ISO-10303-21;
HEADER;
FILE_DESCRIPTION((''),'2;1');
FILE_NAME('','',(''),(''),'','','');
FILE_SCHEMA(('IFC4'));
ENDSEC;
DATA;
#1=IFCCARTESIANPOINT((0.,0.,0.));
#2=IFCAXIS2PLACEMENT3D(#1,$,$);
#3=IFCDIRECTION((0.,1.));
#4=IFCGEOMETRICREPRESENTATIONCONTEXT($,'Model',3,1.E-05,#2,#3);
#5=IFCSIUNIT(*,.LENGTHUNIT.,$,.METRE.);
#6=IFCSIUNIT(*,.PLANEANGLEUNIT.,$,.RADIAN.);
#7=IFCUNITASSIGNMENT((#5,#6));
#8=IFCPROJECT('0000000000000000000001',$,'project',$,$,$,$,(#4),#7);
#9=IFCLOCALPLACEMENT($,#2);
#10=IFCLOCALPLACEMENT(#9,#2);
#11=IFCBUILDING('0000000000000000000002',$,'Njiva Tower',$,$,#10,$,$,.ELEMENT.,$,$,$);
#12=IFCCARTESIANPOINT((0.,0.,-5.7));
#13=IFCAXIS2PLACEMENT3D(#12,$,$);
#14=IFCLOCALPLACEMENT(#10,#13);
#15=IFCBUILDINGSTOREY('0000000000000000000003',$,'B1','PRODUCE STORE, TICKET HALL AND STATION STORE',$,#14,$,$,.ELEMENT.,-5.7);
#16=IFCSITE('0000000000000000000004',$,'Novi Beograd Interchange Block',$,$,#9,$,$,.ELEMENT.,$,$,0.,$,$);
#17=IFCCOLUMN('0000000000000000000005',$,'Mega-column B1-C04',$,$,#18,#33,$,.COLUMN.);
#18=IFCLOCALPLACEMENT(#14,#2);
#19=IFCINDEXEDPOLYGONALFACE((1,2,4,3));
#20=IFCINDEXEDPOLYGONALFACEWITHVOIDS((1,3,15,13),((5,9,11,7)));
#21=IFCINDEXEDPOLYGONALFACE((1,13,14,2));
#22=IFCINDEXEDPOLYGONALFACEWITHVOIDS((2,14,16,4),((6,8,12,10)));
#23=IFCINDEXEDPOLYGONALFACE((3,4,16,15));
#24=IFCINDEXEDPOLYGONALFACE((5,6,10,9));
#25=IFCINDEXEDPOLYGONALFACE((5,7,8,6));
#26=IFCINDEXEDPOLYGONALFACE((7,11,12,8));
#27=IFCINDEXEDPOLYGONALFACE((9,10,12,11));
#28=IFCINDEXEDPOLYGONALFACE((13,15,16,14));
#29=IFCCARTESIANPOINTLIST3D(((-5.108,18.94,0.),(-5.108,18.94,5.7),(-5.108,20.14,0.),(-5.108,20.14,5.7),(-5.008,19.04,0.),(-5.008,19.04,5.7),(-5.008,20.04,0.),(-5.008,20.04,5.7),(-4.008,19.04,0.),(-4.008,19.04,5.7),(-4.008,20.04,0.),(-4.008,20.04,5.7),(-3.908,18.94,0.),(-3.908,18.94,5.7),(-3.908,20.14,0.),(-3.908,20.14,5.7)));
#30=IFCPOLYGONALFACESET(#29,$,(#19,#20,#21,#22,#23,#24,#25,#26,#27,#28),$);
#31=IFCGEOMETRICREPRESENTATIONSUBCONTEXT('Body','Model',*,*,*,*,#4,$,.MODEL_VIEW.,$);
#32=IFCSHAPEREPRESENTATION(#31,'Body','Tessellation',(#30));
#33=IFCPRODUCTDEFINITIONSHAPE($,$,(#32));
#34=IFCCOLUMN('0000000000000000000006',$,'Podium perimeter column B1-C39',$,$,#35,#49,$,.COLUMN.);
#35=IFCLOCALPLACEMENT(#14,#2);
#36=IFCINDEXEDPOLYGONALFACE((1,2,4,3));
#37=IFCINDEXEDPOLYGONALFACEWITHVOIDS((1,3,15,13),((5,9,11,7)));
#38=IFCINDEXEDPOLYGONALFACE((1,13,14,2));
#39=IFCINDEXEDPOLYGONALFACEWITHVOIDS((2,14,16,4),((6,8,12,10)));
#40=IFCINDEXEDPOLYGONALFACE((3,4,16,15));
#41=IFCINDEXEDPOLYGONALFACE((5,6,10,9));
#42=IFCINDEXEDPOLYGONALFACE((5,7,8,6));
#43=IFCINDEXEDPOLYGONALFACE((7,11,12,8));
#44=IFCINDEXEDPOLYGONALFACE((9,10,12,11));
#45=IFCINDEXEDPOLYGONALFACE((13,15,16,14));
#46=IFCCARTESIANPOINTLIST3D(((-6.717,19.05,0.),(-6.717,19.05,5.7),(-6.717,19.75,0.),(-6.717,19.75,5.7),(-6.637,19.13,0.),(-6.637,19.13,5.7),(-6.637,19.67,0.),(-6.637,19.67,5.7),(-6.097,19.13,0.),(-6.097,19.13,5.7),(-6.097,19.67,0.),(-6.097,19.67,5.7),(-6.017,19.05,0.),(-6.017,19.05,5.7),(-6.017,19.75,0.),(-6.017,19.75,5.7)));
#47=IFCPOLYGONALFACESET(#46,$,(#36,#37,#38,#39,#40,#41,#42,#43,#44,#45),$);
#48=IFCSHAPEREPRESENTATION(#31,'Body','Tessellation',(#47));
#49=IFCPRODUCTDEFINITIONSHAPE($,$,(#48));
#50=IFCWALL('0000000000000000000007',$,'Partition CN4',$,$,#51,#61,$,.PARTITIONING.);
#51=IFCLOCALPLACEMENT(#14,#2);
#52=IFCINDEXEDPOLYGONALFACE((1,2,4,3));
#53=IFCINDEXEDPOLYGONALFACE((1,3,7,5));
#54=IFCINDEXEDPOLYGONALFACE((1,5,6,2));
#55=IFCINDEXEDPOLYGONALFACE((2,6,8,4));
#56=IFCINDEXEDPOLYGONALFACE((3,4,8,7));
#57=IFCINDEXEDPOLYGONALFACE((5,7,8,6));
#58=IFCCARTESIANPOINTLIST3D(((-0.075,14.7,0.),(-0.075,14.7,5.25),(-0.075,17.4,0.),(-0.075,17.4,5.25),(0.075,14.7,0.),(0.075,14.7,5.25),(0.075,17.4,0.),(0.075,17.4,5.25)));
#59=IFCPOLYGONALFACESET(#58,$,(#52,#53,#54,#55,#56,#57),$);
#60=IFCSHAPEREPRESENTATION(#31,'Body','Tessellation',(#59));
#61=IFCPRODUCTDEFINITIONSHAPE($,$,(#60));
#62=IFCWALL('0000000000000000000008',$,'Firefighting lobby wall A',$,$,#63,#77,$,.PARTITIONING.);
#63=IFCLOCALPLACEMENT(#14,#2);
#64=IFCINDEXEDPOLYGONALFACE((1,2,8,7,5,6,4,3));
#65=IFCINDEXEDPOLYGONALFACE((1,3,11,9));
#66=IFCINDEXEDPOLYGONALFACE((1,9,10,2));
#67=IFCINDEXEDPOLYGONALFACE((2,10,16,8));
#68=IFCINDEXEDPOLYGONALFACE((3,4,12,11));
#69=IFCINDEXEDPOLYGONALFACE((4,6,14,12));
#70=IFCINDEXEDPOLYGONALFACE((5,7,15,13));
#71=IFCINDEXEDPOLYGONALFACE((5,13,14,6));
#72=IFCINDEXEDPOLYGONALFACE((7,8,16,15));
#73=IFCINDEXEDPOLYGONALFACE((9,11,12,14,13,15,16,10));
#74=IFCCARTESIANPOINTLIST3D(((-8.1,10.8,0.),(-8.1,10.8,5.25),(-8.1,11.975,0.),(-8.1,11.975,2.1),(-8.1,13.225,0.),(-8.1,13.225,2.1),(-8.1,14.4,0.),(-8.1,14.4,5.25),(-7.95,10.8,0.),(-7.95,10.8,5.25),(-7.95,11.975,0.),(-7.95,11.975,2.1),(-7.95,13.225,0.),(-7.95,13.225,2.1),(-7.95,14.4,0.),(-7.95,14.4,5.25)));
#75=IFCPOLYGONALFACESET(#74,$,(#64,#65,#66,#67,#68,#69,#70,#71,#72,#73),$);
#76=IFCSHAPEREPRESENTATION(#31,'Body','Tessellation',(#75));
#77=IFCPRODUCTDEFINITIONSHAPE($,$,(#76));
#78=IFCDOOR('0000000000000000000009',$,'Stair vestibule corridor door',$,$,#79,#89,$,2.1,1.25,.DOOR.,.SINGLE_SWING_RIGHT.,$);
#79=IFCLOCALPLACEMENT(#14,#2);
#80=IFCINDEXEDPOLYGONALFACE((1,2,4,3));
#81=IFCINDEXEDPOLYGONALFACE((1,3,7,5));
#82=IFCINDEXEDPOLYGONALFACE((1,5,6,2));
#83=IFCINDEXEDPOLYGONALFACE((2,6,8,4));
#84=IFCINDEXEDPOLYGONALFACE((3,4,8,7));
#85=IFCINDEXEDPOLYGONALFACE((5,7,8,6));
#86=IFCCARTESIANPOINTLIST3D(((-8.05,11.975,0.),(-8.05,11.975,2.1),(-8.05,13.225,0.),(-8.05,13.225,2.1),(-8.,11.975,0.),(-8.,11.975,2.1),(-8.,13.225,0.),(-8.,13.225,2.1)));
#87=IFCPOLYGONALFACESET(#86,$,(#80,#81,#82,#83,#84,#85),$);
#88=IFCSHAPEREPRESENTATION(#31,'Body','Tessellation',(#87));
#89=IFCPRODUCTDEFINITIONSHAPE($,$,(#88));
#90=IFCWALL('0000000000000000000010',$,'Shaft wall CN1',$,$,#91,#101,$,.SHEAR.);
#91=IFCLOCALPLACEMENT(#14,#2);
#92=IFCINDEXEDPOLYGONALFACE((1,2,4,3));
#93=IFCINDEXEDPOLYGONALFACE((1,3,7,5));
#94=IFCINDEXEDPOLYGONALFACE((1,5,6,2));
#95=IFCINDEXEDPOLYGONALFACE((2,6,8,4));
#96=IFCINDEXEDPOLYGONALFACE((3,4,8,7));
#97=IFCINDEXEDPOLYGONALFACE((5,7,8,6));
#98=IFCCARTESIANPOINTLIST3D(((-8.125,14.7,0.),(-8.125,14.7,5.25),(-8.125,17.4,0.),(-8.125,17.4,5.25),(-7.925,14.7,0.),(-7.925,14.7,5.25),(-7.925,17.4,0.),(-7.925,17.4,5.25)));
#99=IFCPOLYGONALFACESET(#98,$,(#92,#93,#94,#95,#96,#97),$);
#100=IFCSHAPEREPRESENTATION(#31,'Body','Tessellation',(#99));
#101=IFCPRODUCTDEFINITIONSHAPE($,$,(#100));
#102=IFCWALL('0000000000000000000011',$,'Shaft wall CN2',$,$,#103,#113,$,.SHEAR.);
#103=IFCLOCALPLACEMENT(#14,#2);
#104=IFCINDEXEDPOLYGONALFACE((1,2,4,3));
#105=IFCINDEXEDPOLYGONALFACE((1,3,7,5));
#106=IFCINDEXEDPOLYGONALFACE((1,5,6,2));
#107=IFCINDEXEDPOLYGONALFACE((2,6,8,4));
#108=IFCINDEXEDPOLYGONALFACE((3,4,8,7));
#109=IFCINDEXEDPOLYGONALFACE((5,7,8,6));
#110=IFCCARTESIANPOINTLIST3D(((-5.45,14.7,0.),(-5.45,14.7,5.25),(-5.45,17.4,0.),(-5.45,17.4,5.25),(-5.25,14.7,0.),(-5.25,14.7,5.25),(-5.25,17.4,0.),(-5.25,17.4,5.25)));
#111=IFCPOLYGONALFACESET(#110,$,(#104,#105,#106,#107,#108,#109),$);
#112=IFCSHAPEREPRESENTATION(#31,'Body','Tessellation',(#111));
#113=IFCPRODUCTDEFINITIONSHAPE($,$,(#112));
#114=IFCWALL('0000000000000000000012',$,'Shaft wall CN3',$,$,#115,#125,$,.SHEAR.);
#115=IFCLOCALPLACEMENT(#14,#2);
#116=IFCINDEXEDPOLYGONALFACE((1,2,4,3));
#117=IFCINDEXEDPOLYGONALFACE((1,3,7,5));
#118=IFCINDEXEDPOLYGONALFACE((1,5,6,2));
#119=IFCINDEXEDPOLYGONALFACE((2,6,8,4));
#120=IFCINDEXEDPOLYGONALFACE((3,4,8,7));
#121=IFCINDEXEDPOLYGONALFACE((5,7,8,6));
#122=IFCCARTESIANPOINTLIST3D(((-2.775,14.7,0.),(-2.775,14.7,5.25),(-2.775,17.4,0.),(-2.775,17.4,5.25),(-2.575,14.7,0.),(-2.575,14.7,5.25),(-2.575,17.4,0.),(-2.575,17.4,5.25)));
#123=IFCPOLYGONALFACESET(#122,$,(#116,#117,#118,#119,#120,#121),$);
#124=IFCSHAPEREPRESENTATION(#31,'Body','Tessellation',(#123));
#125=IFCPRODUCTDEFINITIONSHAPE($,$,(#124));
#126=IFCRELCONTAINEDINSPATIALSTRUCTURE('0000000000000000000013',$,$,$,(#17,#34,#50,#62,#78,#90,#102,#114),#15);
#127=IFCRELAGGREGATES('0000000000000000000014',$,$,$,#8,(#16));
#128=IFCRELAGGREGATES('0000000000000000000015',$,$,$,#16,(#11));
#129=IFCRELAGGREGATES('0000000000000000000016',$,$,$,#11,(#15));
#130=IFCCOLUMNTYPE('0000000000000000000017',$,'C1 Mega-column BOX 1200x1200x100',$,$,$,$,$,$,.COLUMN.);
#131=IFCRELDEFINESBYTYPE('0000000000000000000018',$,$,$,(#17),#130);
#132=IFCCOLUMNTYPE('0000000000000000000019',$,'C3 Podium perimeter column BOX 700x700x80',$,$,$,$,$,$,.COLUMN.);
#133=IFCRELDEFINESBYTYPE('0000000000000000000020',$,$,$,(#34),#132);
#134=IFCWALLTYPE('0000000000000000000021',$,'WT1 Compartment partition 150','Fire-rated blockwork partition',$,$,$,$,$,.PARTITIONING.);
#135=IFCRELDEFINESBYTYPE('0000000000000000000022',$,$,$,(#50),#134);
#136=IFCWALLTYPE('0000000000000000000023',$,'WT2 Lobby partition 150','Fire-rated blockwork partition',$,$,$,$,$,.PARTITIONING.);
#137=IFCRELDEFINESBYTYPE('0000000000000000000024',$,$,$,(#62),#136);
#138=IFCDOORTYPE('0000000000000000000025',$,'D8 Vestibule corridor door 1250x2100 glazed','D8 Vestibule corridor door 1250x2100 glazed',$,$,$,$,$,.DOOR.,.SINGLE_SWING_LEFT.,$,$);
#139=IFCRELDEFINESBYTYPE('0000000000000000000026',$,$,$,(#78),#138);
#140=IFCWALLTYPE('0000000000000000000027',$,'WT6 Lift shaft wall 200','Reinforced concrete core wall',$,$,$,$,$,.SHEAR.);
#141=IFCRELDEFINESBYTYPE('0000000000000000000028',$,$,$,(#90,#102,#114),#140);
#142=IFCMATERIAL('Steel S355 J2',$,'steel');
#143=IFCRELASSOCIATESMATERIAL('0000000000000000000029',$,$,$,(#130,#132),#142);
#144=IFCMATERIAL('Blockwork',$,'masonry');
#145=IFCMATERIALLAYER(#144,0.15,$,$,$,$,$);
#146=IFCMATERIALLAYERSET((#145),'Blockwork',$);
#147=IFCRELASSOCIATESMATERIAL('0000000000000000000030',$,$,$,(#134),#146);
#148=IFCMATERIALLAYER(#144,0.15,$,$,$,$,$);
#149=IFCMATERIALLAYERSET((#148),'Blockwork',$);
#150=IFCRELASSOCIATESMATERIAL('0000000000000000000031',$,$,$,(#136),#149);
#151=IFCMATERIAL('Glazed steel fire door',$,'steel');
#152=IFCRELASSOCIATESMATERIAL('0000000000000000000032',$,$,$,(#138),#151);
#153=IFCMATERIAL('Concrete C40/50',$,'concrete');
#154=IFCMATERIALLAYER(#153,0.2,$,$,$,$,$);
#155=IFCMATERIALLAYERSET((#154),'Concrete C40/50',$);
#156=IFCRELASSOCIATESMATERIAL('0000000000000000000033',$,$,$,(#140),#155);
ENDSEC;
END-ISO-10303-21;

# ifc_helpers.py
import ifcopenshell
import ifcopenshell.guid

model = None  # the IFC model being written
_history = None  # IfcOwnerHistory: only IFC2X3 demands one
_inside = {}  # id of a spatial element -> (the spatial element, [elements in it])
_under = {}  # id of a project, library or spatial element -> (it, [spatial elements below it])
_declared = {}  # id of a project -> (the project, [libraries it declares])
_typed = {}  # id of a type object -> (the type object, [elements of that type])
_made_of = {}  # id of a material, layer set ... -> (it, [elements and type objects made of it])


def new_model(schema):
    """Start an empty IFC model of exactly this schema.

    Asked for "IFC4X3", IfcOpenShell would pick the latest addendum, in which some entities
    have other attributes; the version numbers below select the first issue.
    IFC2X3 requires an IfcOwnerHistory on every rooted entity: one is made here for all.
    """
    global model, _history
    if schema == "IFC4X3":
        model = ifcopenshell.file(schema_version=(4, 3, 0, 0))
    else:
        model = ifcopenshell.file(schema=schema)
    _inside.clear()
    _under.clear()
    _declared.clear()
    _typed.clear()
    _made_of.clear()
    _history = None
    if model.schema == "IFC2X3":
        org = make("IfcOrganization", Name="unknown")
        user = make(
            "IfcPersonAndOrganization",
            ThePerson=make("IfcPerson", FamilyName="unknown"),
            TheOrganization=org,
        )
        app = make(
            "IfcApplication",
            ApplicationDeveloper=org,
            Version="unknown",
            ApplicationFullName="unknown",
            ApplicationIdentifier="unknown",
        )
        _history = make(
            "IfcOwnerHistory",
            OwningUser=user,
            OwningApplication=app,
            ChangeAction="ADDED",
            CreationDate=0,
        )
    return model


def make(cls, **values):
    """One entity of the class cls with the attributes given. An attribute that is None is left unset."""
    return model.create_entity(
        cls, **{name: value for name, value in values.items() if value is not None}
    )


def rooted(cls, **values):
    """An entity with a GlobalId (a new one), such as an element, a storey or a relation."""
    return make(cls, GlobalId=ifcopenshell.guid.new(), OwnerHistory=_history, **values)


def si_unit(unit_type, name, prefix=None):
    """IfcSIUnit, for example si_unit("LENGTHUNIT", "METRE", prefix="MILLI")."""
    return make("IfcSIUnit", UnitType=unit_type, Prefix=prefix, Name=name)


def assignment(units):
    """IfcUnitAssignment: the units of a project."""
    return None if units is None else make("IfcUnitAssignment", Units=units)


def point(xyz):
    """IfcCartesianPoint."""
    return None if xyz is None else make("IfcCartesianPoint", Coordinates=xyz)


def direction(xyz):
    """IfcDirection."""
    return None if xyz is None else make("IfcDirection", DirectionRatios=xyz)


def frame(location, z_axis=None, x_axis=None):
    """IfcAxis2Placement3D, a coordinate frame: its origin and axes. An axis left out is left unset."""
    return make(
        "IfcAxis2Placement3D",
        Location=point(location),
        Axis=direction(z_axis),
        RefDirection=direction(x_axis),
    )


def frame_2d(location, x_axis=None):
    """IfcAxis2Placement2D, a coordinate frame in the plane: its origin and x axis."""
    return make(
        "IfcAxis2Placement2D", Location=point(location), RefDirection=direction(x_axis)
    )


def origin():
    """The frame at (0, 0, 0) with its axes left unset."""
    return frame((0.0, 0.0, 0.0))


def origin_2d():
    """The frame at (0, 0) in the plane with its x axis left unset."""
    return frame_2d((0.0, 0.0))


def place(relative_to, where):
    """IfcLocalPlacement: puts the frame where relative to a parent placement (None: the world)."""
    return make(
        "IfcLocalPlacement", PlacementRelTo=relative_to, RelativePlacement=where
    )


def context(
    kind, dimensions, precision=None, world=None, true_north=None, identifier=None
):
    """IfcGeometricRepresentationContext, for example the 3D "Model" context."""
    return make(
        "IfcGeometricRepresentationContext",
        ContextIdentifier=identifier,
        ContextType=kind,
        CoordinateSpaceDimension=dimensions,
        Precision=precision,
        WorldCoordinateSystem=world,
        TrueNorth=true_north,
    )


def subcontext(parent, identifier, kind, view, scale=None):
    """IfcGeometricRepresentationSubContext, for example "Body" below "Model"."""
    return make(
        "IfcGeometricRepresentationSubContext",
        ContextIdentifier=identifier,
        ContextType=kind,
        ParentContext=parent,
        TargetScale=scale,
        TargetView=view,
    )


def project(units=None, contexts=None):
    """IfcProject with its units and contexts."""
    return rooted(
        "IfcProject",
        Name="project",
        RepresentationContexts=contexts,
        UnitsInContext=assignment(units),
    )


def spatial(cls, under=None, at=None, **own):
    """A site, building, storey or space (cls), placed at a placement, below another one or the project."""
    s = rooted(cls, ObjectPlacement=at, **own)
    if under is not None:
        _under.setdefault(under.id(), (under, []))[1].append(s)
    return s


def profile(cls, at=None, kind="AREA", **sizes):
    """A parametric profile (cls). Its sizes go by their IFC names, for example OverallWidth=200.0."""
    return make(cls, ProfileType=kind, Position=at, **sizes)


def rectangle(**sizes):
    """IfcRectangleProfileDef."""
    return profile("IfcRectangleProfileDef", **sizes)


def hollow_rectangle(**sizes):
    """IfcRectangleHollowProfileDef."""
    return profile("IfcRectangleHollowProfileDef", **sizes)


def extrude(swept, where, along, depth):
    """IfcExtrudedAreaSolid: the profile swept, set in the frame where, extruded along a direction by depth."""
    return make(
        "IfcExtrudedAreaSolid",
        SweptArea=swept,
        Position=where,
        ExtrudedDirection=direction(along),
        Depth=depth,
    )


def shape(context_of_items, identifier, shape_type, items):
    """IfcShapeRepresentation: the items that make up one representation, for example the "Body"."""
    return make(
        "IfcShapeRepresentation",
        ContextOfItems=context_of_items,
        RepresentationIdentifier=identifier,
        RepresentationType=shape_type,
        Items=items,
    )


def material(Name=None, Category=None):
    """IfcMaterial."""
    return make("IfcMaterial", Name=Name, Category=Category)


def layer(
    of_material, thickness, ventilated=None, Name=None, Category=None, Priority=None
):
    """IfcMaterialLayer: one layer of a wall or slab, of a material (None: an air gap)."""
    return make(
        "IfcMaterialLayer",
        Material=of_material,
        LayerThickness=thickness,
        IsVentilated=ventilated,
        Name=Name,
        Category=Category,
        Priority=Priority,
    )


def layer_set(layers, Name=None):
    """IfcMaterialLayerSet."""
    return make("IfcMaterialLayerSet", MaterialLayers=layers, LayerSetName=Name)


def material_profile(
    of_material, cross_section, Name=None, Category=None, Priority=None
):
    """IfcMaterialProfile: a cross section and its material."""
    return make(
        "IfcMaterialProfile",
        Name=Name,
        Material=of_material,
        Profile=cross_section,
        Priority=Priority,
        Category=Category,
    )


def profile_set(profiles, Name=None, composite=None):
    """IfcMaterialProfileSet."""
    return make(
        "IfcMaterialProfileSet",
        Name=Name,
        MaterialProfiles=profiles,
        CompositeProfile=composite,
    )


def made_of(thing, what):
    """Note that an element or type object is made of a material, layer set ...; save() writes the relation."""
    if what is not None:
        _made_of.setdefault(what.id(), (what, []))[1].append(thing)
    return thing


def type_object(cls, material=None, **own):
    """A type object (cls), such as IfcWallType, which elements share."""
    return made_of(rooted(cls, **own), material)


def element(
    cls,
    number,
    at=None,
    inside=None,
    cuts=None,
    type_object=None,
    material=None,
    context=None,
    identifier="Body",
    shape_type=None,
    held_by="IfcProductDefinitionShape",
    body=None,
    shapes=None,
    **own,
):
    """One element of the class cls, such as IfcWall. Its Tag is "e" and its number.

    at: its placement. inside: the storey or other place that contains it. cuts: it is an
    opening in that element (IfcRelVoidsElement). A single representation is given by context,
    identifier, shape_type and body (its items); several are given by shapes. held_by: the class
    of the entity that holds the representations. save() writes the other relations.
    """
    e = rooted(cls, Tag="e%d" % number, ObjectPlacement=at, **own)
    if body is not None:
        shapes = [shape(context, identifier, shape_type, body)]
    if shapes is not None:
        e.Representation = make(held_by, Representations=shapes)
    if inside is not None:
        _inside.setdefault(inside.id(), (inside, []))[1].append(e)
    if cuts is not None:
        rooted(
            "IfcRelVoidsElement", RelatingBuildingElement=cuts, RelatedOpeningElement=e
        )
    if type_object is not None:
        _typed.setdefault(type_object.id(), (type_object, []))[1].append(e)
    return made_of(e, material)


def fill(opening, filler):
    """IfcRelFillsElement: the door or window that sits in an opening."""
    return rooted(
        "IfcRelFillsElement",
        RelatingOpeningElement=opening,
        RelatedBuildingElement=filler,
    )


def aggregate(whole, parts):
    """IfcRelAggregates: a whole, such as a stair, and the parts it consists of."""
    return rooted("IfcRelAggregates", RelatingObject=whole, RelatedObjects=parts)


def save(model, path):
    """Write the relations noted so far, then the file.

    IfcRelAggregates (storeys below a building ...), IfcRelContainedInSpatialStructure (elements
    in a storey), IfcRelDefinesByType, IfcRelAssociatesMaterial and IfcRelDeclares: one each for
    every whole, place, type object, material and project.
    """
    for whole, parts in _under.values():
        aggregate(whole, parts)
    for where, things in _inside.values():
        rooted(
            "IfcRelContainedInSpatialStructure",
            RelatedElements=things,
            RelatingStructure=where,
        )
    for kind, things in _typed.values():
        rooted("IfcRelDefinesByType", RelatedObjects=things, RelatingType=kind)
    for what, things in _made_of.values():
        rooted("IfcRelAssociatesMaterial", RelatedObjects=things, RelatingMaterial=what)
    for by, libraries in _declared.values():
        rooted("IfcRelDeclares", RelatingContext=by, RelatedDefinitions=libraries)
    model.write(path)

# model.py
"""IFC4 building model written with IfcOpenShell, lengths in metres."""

from ifc_helpers import new_model, si_unit, direction, frame, frame_2d, origin, origin_2d, place, context, subcontext, project, spatial, rectangle, hollow_rectangle, extrude, material, layer, layer_set, material_profile, profile_set, type_object, element, fill, save


model = new_model("IFC4")

# Units and contexts
model_context = context("Model", 3, precision=1e-05, world=origin(), true_north=direction((0.0, 1.0)))
body_context = subcontext(model_context, "Body", "Model", "MODEL_VIEW")
ifc_project = project(units=[si_unit("LENGTHUNIT", "METRE"), si_unit("PLANEANGLEUNIT", "RADIAN")], contexts=[model_context])

# Site, building, storey
site_placement = place(None, origin())
site = spatial("IfcSite", under=ifc_project, at=site_placement, Name="Novi Beograd Interchange Block", CompositionType="ELEMENT", RefElevation=0.0)
building_placement = place(site_placement, origin())
building = spatial("IfcBuilding", under=site, at=building_placement, Name="Njiva Tower", CompositionType="ELEMENT")
storey_placement = place(building_placement, frame((0.0, 0.0, -5.7)))
storey = spatial("IfcBuildingStorey", under=building, at=storey_placement, Name="B1", Description="PRODUCE STORE, TICKET HALL AND STATION STORE", CompositionType="ELEMENT", Elevation=-5.7)

# Columns
ifc_material_1 = material(Name="Steel S355 J2", Category="steel")
ifc_material_profile_1 = material_profile(ifc_material_1, hollow_rectangle(XDim=1.2, YDim=1.2, WallThickness=0.1, at=origin_2d()), Name="BOX 1200x1200x100")
ifc_profile_set_1 = profile_set([ifc_material_profile_1], Name="Steel S355 J2")
column_type_1 = type_object("IfcColumnType", Name="C1 Mega-column BOX 1200x1200x100", PredefinedType="COLUMN", material=ifc_profile_set_1)
column_1_placement = place(storey_placement, frame((-4.508, 19.54, 0.0), z_axis=(0.0, 0.0, 1.0), x_axis=(-1.0, 0.0, 0.0)))
element("IfcColumn", 1, at=column_1_placement, inside=storey, type_object=column_type_1, Name="Mega-column B1-C04", PredefinedType="COLUMN", context=body_context, shape_type="SweptSolid", body=[
    extrude(hollow_rectangle(XDim=1.2, YDim=1.2, WallThickness=0.1, at=origin_2d()), origin(), (0.0, 0.0, 1.0), 5.7),
])
ifc_material_profile_2 = material_profile(ifc_material_1, hollow_rectangle(XDim=0.7, YDim=0.7, WallThickness=0.08, at=origin_2d()), Name="BOX 700x700x80")
ifc_profile_set_2 = profile_set([ifc_material_profile_2], Name="Steel S355 J2")
column_type_2 = type_object("IfcColumnType", Name="C3 Podium perimeter column BOX 700x700x80", PredefinedType="COLUMN", material=ifc_profile_set_2)
column_2_placement = place(storey_placement, frame((-6.367, 19.4, 0.0), z_axis=(0.0, 0.0, 1.0), x_axis=(-1.0, 0.0, 0.0)))
element("IfcColumn", 2, at=column_2_placement, inside=storey, type_object=column_type_2, Name="Podium perimeter column B1-C39", PredefinedType="COLUMN", context=body_context, shape_type="SweptSolid", body=[
    extrude(hollow_rectangle(XDim=0.7, YDim=0.7, WallThickness=0.08, at=origin_2d()), origin(), (0.0, 0.0, 1.0), 5.7),
])

# Wall
ifc_material_2 = material(Name="Blockwork", Category="masonry")
ifc_layer_1 = layer(ifc_material_2, 0.15)
ifc_layer_set_1 = layer_set([ifc_layer_1], Name="Blockwork")
wall_type_1 = type_object("IfcWallType", Name="WT1 Compartment partition 150", Description="Fire-rated blockwork partition", PredefinedType="PARTITIONING", material=ifc_layer_set_1)
wall_1_placement = place(storey_placement, frame((0.0, 14.7, 0.0), z_axis=(0.0, 0.0, 1.0), x_axis=(0.0, 1.0, 0.0)))
element("IfcWall", 3, at=wall_1_placement, inside=storey, type_object=wall_type_1, Name="Partition CN4", PredefinedType="PARTITIONING", context=body_context, shape_type="SweptSolid", body=[
    extrude(rectangle(XDim=2.7, YDim=0.15, at=frame_2d((1.35, 0.0))), origin(), (0.0, 0.0, 1.0), 5.25),
])

# Wall, opening, door
ifc_layer_2 = layer(ifc_material_2, 0.15)
ifc_layer_set_2 = layer_set([ifc_layer_2], Name="Blockwork")
wall_type_2 = type_object("IfcWallType", Name="WT2 Lobby partition 150", Description="Fire-rated blockwork partition", PredefinedType="PARTITIONING", material=ifc_layer_set_2)
wall_2_placement = place(storey_placement, frame((-8.025, 10.8, 0.0), z_axis=(0.0, 0.0, 1.0), x_axis=(0.0, 1.0, 0.0)))
wall_2 = element("IfcWall", 4, at=wall_2_placement, inside=storey, type_object=wall_type_2, Name="Firefighting lobby wall A", PredefinedType="PARTITIONING", context=body_context, shape_type="SweptSolid", body=[
    extrude(rectangle(XDim=3.6, YDim=0.15, at=frame_2d((1.8, 0.0))), origin(), (0.0, 0.0, 1.0), 5.25),
])
opening_1_placement = place(wall_2_placement, frame((1.175, 0.0, 0.0)))
opening_1 = element("IfcOpeningElement", 5, at=opening_1_placement, cuts=wall_2, PredefinedType="OPENING", context=body_context, shape_type="SweptSolid", body=[
    extrude(rectangle(XDim=1.25, YDim=2.1, at=frame_2d((0.625, 1.05))), frame((0.0, 0.085, 0.0), z_axis=(0.0, -1.0, 0.0), x_axis=(1.0, 0.0, 0.0)), (0.0, 0.0, 1.0), 0.17),
])
ifc_material_3 = material(Name="Glazed steel fire door", Category="steel")
door_type_1 = type_object("IfcDoorType", Name="D8 Vestibule corridor door 1250x2100 glazed", Description="D8 Vestibule corridor door 1250x2100 glazed", OperationType="SINGLE_SWING_LEFT", PredefinedType="DOOR", material=ifc_material_3)
door_1_placement = place(opening_1_placement, origin())
door_1 = element("IfcDoor", 6, at=door_1_placement, inside=storey, type_object=door_type_1, Name="Stair vestibule corridor door", OperationType="SINGLE_SWING_RIGHT", OverallHeight=2.1, OverallWidth=1.25, PredefinedType="DOOR", context=body_context, shape_type="SweptSolid", body=[
    extrude(rectangle(XDim=1.25, YDim=2.1, at=frame_2d((0.625, 1.05))), frame((0.0, 0.025, 0.0), z_axis=(0.0, -1.0, 0.0), x_axis=(1.0, 0.0, 0.0)), (0.0, 0.0, 1.0), 0.05),
])
fill(opening_1, door_1)

# Walls
ifc_material_4 = material(Name="Concrete C40/50", Category="concrete")
ifc_layer_3 = layer(ifc_material_4, 0.2)
ifc_layer_set_3 = layer_set([ifc_layer_3], Name="Concrete C40/50")
wall_type_3 = type_object("IfcWallType", Name="WT6 Lift shaft wall 200", Description="Reinforced concrete core wall", PredefinedType="SHEAR", material=ifc_layer_set_3)
for number, where, z_axis, x_axis, name in (
    (7, (-8.025, 14.7, 0.0), (0.0, 0.0, 1.0), (0.0, 1.0, 0.0), "Shaft wall CN1"),
    (8, (-5.35, 14.7, 0.0), (0.0, 0.0, 1.0), (0.0, 1.0, 0.0), "Shaft wall CN2"),
    (9, (-2.675, 14.7, 0.0), (0.0, 0.0, 1.0), (0.0, 1.0, 0.0), "Shaft wall CN3"),
):
    element("IfcWall", number, at=place(storey_placement, frame(where, z_axis=z_axis, x_axis=x_axis)), inside=storey, type_object=wall_type_3, Name=name, PredefinedType="SHEAR", context=body_context, shape_type="SweptSolid", body=[
        extrude(rectangle(XDim=2.7, YDim=0.2, at=frame_2d((1.35, 0.0))), origin(), (0.0, 0.0, 1.0), 5.25),
    ])

save(model, "model.ifc")
